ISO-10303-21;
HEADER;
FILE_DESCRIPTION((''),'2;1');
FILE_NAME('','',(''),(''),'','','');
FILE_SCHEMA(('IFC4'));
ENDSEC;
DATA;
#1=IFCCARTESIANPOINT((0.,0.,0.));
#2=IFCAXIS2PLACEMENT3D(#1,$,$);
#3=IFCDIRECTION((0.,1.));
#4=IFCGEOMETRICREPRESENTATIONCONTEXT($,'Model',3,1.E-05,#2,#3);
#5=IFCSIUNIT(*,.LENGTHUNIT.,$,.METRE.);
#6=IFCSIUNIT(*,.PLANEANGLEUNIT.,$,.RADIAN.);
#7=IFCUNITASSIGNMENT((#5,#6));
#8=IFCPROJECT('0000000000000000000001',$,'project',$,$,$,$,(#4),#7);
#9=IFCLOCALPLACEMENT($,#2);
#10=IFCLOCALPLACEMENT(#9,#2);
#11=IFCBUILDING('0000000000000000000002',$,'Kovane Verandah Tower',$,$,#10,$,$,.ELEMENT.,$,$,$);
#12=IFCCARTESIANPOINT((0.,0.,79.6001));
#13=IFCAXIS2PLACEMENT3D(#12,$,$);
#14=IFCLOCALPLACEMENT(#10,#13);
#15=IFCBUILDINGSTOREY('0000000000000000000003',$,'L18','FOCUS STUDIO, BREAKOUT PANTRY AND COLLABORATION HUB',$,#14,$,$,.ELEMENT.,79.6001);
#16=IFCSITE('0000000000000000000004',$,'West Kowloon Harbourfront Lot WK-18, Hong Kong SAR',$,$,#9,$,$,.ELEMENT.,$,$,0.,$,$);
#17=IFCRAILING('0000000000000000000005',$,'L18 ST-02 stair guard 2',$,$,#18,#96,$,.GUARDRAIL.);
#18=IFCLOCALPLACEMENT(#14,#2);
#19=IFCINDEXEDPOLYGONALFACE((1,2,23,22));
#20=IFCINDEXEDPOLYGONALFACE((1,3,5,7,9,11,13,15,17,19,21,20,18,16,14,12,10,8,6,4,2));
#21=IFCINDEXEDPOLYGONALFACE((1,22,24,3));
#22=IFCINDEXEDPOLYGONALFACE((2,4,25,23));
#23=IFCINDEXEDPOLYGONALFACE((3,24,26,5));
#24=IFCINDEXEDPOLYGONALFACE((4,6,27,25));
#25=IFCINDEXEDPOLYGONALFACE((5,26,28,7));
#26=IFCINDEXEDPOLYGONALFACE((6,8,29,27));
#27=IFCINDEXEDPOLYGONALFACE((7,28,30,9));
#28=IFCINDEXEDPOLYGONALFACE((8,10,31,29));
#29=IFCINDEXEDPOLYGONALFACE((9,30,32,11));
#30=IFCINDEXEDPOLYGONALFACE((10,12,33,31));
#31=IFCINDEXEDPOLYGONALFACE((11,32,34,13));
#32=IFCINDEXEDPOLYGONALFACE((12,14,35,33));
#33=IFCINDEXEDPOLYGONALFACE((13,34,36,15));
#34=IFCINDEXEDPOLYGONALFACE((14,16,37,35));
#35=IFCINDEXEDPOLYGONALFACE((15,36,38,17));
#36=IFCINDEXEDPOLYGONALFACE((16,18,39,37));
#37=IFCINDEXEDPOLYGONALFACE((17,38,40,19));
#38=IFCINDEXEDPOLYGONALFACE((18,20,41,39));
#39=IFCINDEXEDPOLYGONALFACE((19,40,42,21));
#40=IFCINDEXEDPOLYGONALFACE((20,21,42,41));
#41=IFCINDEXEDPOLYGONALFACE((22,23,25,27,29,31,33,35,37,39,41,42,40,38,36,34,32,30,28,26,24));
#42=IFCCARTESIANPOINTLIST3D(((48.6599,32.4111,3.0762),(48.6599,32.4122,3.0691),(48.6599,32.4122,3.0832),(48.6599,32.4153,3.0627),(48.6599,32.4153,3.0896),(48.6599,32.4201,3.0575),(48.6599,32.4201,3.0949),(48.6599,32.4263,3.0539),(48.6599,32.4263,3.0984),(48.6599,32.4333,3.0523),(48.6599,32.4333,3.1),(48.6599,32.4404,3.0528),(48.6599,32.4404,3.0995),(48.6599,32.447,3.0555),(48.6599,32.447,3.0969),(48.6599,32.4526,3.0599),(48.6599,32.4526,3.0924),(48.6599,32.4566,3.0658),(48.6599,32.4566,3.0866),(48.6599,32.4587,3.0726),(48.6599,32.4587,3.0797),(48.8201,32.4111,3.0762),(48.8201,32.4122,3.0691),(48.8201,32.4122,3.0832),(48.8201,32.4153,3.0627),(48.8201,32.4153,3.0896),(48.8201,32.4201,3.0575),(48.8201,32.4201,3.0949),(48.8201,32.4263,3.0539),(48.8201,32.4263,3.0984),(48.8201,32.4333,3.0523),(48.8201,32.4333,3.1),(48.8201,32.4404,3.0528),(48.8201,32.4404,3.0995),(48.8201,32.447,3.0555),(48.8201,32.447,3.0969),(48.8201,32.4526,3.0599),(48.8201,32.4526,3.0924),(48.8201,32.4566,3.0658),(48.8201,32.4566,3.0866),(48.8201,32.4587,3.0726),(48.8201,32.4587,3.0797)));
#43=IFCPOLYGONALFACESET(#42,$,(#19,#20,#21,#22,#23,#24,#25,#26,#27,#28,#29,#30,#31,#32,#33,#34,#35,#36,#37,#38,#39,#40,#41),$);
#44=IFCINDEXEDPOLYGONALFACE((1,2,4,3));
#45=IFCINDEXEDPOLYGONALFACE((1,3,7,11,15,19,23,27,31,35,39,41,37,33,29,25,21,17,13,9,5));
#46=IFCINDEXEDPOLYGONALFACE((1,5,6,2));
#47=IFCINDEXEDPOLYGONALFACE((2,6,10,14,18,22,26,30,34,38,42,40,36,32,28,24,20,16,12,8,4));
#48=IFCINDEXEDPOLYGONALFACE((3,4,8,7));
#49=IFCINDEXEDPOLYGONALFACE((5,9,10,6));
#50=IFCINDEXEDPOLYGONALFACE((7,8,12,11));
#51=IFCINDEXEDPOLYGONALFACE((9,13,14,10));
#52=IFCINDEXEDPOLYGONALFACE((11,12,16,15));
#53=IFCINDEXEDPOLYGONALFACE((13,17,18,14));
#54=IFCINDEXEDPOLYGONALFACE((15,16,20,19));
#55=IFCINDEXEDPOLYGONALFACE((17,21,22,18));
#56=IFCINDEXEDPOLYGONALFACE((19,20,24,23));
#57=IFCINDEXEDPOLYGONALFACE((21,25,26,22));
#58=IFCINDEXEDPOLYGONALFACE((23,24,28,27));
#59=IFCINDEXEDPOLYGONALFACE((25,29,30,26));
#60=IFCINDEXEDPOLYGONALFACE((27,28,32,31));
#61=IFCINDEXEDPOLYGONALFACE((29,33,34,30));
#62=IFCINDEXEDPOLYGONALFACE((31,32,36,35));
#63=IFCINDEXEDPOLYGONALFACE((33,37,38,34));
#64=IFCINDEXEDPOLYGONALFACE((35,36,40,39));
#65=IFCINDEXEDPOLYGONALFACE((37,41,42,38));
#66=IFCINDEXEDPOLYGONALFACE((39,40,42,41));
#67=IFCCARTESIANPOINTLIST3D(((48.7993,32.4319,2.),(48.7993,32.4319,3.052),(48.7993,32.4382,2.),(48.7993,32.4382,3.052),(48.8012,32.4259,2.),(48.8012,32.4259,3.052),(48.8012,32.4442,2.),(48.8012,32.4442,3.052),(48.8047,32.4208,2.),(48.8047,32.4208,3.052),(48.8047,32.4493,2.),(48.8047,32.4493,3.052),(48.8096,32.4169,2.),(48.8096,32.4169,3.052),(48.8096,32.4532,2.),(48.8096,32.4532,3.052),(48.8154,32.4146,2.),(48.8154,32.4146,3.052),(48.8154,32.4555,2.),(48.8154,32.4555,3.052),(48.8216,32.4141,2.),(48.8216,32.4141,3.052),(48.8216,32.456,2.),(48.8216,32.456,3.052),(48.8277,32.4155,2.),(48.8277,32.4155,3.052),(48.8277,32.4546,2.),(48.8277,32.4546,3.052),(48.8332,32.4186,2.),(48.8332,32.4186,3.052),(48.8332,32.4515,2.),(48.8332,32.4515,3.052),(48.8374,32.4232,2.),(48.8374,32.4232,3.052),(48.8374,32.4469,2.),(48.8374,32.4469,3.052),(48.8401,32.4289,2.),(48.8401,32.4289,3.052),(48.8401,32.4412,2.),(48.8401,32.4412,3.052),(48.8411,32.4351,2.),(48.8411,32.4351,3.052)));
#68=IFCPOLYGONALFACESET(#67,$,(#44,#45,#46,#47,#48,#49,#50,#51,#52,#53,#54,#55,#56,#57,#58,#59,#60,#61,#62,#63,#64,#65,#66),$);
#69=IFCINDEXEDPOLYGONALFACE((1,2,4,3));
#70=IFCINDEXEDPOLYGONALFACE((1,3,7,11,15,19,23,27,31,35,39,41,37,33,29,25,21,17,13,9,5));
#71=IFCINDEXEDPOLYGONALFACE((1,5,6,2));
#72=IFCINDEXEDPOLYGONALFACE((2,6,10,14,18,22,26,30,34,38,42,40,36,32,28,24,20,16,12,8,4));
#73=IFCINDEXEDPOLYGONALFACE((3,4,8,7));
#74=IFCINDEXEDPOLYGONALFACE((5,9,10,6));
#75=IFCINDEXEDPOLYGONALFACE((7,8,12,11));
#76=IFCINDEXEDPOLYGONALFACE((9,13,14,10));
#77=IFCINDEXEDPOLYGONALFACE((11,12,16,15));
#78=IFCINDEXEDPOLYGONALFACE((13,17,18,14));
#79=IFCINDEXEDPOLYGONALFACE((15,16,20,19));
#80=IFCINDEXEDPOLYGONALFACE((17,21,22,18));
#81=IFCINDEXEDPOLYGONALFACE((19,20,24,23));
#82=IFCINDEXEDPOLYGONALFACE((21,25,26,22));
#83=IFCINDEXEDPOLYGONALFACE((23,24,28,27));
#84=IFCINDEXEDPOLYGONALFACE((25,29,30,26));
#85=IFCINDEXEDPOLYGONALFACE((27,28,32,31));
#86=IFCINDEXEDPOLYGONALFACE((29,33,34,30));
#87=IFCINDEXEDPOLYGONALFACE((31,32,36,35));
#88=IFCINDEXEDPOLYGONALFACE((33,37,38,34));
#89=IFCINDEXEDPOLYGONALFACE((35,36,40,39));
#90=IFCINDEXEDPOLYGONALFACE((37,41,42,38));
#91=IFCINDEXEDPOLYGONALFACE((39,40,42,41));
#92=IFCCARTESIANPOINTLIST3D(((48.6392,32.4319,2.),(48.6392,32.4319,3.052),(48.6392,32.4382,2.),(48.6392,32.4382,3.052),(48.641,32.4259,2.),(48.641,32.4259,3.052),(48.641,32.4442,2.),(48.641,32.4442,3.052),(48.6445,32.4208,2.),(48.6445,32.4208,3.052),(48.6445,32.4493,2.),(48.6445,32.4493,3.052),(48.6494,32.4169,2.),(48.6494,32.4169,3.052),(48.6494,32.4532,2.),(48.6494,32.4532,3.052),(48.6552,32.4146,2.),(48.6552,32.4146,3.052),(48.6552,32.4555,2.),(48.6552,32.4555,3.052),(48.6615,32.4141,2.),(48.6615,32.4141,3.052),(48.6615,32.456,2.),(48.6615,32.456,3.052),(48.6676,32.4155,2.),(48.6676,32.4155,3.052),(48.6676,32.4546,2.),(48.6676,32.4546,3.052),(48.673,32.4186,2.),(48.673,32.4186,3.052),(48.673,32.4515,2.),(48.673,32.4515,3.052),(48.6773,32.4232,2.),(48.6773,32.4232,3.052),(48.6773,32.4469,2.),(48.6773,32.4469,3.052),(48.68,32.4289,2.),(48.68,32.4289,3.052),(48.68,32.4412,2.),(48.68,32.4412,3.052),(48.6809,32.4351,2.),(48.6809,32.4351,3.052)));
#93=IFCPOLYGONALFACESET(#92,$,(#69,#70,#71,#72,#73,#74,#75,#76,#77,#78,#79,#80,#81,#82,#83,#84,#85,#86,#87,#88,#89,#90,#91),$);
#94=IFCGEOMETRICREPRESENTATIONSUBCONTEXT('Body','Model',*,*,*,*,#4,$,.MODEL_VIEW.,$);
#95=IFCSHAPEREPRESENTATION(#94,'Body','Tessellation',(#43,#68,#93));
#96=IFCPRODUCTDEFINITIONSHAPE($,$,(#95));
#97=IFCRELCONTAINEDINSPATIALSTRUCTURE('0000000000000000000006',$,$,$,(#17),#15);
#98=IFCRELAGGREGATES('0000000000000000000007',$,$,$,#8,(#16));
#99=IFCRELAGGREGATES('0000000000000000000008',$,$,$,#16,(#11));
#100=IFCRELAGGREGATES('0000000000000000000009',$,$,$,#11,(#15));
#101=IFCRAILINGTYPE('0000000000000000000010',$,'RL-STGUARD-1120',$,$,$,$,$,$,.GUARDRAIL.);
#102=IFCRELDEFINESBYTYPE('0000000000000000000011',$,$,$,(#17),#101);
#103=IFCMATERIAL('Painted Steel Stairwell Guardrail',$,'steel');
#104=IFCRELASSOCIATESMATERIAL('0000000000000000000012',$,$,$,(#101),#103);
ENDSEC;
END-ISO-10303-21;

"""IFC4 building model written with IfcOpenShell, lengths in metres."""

from ifc_helpers import new_model, si_unit, direction, frame, origin, origin_2d, place, context, subcontext, project, spatial, circle, extrude, material, type_object, element, save


model = new_model("IFC4")

# Units and contexts
model_context = context("Model", 3, precision=1e-05, world=origin(), true_north=direction((0.0, 1.0)))
body_context = subcontext(model_context, "Body", "Model", "MODEL_VIEW")
ifc_project = project(units=[si_unit("LENGTHUNIT", "METRE"), si_unit("PLANEANGLEUNIT", "RADIAN")], contexts=[model_context])

# Site, building, storey
site_placement = place(None, origin())
site = spatial("IfcSite", under=ifc_project, at=site_placement, Name="West Kowloon Harbourfront Lot WK-18, Hong Kong SAR", CompositionType="ELEMENT", RefElevation=0.0)
building_placement = place(site_placement, origin())
building = spatial("IfcBuilding", under=site, at=building_placement, Name="Kovane Verandah Tower", CompositionType="ELEMENT")
storey_placement = place(building_placement, frame((0.0, 0.0, 79.6001)))
storey = spatial("IfcBuildingStorey", under=building, at=storey_placement, Name="L18", Description="FOCUS STUDIO, BREAKOUT PANTRY AND COLLABORATION HUB", CompositionType="ELEMENT", Elevation=79.6001)

# Railing
ifc_material_1 = material(Name="Painted Steel Stairwell Guardrail", Category="steel")
railing_type = type_object("IfcRailingType", Name="RL-STGUARD-1120", PredefinedType="GUARDRAIL", material=ifc_material_1)
railing_1_placement = place(storey_placement, frame((48.8201, 32.4351, 2.0)))
element("IfcRailing", 1, at=railing_1_placement, inside=storey, type_object=railing_type, Name="L18 ST-02 stair guard 2", PredefinedType="GUARDRAIL", context=body_context, shape_type="SweptSolid", body=[
    extrude(circle(Radius=0.0239, at=origin_2d()), frame((0.0, 0.0, 1.0762), z_axis=(-1.0, 0.0, 0.0), x_axis=(0.0, -1.0, 0.0)), (0.0, 0.0, 1.0), 0.1602),
    extrude(circle(Radius=0.021, at=origin_2d()), origin(), (0.0, 0.0, 1.0), 1.052),
    extrude(circle(Radius=0.021, at=origin_2d()), frame((-0.1602, 0.0, 0.0)), (0.0, 0.0, 1.0), 1.052),
])

save(model, "model.ifc")
